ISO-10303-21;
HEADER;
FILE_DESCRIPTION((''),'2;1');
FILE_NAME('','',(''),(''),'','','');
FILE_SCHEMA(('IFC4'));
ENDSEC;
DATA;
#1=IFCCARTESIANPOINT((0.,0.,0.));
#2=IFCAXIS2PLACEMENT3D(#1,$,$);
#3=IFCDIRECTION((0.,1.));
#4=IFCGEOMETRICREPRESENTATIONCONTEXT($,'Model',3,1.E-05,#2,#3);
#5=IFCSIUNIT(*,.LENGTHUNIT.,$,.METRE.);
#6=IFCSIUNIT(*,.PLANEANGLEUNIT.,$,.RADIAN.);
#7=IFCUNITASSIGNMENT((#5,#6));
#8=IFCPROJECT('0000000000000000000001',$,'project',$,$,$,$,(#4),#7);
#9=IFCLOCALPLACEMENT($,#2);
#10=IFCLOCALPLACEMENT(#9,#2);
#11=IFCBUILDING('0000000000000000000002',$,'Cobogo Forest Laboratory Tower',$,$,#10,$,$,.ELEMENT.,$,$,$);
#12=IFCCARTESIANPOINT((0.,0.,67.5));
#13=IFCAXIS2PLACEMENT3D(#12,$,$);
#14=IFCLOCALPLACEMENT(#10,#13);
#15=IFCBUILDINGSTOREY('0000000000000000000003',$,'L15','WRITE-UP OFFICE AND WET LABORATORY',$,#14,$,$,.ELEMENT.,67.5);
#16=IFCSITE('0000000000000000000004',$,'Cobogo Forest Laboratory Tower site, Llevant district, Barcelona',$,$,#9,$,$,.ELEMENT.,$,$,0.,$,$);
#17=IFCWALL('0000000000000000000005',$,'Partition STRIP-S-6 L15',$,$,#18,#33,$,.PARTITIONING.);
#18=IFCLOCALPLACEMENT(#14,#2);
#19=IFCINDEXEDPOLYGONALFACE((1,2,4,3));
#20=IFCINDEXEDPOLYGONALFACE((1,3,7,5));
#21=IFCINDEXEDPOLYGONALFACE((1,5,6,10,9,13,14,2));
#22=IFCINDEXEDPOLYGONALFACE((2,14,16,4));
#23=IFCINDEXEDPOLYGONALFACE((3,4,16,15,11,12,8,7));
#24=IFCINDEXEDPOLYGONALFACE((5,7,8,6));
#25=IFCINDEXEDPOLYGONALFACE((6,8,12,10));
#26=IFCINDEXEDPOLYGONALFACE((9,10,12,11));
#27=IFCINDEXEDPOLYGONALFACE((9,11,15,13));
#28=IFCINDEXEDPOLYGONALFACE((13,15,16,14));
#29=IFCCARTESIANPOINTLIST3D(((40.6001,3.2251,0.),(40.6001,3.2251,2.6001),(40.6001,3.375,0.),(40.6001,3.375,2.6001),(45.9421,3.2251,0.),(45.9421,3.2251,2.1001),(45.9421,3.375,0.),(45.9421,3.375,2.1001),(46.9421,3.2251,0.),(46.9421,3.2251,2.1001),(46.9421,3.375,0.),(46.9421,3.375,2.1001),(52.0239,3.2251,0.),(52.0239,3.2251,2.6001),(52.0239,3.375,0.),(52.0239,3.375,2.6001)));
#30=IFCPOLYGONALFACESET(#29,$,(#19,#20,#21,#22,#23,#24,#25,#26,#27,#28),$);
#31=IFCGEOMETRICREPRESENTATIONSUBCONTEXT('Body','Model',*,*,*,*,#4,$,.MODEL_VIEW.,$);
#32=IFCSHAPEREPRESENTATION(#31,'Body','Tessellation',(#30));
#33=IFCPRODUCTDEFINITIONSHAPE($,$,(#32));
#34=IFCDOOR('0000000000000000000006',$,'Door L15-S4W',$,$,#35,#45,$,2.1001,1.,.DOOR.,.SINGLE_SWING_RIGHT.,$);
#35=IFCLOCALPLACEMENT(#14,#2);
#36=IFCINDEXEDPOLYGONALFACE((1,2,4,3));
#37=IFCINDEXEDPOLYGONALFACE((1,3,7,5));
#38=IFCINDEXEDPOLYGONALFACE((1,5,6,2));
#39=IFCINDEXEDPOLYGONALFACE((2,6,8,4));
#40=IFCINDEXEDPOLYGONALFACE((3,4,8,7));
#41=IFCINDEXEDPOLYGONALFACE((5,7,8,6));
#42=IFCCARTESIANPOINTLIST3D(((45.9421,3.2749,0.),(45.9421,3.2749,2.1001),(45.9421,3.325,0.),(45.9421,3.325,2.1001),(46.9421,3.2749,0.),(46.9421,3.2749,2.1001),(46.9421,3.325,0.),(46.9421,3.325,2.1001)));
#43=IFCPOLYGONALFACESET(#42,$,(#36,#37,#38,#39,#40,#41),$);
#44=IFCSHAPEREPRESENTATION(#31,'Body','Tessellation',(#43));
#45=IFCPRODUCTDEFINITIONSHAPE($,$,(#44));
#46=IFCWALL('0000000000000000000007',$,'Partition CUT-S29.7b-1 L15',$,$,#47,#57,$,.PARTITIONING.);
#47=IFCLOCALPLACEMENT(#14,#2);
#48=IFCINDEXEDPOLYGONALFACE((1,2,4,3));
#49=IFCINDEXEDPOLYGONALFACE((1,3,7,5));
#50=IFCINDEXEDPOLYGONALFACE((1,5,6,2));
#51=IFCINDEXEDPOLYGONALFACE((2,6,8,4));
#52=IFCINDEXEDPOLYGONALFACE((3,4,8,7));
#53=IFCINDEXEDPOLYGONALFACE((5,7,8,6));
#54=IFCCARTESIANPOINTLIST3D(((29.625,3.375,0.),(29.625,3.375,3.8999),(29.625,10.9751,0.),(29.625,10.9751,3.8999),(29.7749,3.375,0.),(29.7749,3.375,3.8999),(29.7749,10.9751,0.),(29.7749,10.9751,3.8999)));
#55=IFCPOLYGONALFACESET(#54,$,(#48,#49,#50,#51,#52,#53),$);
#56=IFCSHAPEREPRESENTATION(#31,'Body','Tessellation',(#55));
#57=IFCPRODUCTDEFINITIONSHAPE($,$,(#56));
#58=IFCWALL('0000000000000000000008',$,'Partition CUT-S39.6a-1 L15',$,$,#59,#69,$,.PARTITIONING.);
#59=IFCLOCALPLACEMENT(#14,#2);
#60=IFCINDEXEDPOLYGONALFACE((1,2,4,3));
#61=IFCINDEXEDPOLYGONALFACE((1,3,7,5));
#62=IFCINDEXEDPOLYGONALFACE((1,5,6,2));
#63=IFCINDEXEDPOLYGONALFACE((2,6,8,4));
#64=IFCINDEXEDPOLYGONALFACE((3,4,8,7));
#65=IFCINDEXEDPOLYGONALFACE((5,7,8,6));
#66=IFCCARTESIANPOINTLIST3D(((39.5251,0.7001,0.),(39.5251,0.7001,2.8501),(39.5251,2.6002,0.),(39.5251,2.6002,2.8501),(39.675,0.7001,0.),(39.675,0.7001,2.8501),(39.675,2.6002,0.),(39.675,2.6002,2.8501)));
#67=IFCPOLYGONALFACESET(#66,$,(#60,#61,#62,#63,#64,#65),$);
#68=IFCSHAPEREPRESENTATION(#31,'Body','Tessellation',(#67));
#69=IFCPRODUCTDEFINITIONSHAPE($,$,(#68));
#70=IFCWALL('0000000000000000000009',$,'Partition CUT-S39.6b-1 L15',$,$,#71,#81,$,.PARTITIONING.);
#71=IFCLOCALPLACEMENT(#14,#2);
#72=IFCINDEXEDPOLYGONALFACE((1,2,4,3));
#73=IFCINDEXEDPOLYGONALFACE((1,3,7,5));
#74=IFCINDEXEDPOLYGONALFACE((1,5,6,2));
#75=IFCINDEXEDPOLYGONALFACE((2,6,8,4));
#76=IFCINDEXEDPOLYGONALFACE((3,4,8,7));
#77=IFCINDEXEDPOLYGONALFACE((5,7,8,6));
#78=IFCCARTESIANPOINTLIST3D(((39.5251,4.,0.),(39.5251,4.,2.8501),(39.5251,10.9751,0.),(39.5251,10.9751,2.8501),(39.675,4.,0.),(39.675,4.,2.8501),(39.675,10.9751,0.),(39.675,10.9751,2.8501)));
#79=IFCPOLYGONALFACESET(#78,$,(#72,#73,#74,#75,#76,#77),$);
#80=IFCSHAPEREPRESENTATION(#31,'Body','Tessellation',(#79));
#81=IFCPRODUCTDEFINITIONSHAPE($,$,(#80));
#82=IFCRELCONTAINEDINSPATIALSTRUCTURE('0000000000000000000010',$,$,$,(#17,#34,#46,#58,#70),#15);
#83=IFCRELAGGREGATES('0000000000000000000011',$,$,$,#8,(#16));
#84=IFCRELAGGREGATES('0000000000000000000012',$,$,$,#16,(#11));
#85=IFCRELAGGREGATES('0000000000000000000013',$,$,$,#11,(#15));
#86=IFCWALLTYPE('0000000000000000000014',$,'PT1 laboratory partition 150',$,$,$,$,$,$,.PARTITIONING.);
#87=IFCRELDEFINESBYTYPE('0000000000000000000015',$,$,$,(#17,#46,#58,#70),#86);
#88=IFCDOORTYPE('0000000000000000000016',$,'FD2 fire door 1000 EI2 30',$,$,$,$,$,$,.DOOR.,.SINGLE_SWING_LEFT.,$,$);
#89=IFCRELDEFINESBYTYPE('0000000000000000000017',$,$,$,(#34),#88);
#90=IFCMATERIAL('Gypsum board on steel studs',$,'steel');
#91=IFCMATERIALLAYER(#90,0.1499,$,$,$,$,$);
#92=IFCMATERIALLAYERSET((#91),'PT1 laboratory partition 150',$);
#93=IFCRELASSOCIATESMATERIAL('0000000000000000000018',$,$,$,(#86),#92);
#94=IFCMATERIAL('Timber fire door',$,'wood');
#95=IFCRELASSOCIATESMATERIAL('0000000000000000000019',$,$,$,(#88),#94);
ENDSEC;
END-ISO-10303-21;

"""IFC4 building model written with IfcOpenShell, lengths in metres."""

from ifc_helpers import new_model, si_unit, direction, frame, frame_2d, origin, place, context, subcontext, project, spatial, rectangle, extrude, material, layer, layer_set, type_object, element, fill, save


model = new_model("IFC4")

# Units and contexts
model_context = context("Model", 3, precision=1e-05, world=origin(), true_north=direction((0.0, 1.0)))
body_context = subcontext(model_context, "Body", "Model", "MODEL_VIEW")
ifc_project = project(units=[si_unit("LENGTHUNIT", "METRE"), si_unit("PLANEANGLEUNIT", "RADIAN")], contexts=[model_context])

# Site, building, storey
site_placement = place(None, origin())
site = spatial("IfcSite", under=ifc_project, at=site_placement, Name="Cobogo Forest Laboratory Tower site, Llevant district, Barcelona", CompositionType="ELEMENT", RefElevation=0.0)
building_placement = place(site_placement, origin())
building = spatial("IfcBuilding", under=site, at=building_placement, Name="Cobogo Forest Laboratory Tower", CompositionType="ELEMENT")
storey_placement = place(building_placement, frame((0.0, 0.0, 67.5)))
storey = spatial("IfcBuildingStorey", under=building, at=storey_placement, Name="L15", Description="WRITE-UP OFFICE AND WET LABORATORY", CompositionType="ELEMENT", Elevation=67.5)

# Shared definitions
ifc_material_1 = material(Name="Gypsum board on steel studs", Category="steel")
ifc_layer_1 = layer(ifc_material_1, 0.1499)
ifc_layer_set_1 = layer_set([ifc_layer_1], Name="PT1 laboratory partition 150")
wall_type_1 = type_object("IfcWallType", Name="PT1 laboratory partition 150", PredefinedType="PARTITIONING", material=ifc_layer_set_1)
ifc_material_2 = material(Name="Timber fire door", Category="wood")
door_type_1 = type_object("IfcDoorType", Name="FD2 fire door 1000 EI2 30", OperationType="SINGLE_SWING_LEFT", PredefinedType="DOOR", material=ifc_material_2)

# Wall, opening, door
wall_1_placement = place(storey_placement, frame((40.6001, 3.3, 0.0), z_axis=(0.0, 0.0, 1.0), x_axis=(1.0, 0.0, 0.0)))
wall_1 = element("IfcWall", 1, at=wall_1_placement, inside=storey, type_object=wall_type_1, Name="Partition STRIP-S-6 L15", PredefinedType="PARTITIONING", context=body_context, shape_type="SweptSolid", body=[
    extrude(rectangle(XDim=11.4238, YDim=0.1499, at=frame_2d((5.7119, 0.0))), origin(), (0.0, 0.0, 1.0), 2.6001),
])
opening_1_placement = place(wall_1_placement, frame((5.342, 0.0, 0.0)))
opening_1 = element("IfcOpeningElement", 2, at=opening_1_placement, cuts=wall_1, PredefinedType="OPENING", context=body_context, shape_type="SweptSolid", body=[
    extrude(rectangle(XDim=1.0, YDim=2.1001, at=frame_2d((0.5, 1.05))), frame((0.0, 0.085, 0.0), z_axis=(0.0, -1.0, 0.0), x_axis=(1.0, 0.0, 0.0)), (0.0, 0.0, 1.0), 0.1699),
])
door_1_placement = place(opening_1_placement, origin())
door_1 = element("IfcDoor", 3, at=door_1_placement, inside=storey, type_object=door_type_1, Name="Door L15-S4W", OperationType="SINGLE_SWING_RIGHT", OverallHeight=2.1001, OverallWidth=1.0, PredefinedType="DOOR", context=body_context, shape_type="SweptSolid", body=[
    extrude(rectangle(XDim=1.0, YDim=2.1001, at=frame_2d((0.5, 1.05))), frame((0.0, 0.0249, 0.0), z_axis=(0.0, -1.0, 0.0), x_axis=(1.0, 0.0, 0.0)), (0.0, 0.0, 1.0), 0.05),
])
fill(opening_1, door_1)

# Walls
wall_2_placement = place(storey_placement, frame((29.7, 3.375, 0.0), z_axis=(0.0, 0.0, 1.0), x_axis=(0.0, 1.0, 0.0)))
element("IfcWall", 4, at=wall_2_placement, inside=storey, type_object=wall_type_1, Name="Partition CUT-S29.7b-1 L15", PredefinedType="PARTITIONING", context=body_context, shape_type="SweptSolid", body=[
    extrude(rectangle(XDim=7.6001, YDim=0.1499, at=frame_2d((3.8, 0.0))), origin(), (0.0, 0.0, 1.0), 3.8999),
])
wall_3_placement = place(storey_placement, frame((39.6001, 0.7, 0.0), z_axis=(0.0, 0.0, 1.0), x_axis=(0.0, 1.0, 0.0)))
element("IfcWall", 5, at=wall_3_placement, inside=storey, type_object=wall_type_1, Name="Partition CUT-S39.6a-1 L15", PredefinedType="PARTITIONING", context=body_context, shape_type="SweptSolid", body=[
    extrude(rectangle(XDim=1.9001, YDim=0.1499, at=frame_2d((0.9502, 0.0))), origin(), (0.0, 0.0, 1.0), 2.8501),
])
wall_4_placement = place(storey_placement, frame((39.6001, 4.0, 0.0), z_axis=(0.0, 0.0, 1.0), x_axis=(0.0, 1.0, 0.0)))
element("IfcWall", 6, at=wall_4_placement, inside=storey, type_object=wall_type_1, Name="Partition CUT-S39.6b-1 L15", PredefinedType="PARTITIONING", context=body_context, shape_type="SweptSolid", body=[
    extrude(rectangle(XDim=6.9751, YDim=0.1499, at=frame_2d((3.4875, 0.0))), origin(), (0.0, 0.0, 1.0), 2.8501),
])

save(model, "model.ifc")
